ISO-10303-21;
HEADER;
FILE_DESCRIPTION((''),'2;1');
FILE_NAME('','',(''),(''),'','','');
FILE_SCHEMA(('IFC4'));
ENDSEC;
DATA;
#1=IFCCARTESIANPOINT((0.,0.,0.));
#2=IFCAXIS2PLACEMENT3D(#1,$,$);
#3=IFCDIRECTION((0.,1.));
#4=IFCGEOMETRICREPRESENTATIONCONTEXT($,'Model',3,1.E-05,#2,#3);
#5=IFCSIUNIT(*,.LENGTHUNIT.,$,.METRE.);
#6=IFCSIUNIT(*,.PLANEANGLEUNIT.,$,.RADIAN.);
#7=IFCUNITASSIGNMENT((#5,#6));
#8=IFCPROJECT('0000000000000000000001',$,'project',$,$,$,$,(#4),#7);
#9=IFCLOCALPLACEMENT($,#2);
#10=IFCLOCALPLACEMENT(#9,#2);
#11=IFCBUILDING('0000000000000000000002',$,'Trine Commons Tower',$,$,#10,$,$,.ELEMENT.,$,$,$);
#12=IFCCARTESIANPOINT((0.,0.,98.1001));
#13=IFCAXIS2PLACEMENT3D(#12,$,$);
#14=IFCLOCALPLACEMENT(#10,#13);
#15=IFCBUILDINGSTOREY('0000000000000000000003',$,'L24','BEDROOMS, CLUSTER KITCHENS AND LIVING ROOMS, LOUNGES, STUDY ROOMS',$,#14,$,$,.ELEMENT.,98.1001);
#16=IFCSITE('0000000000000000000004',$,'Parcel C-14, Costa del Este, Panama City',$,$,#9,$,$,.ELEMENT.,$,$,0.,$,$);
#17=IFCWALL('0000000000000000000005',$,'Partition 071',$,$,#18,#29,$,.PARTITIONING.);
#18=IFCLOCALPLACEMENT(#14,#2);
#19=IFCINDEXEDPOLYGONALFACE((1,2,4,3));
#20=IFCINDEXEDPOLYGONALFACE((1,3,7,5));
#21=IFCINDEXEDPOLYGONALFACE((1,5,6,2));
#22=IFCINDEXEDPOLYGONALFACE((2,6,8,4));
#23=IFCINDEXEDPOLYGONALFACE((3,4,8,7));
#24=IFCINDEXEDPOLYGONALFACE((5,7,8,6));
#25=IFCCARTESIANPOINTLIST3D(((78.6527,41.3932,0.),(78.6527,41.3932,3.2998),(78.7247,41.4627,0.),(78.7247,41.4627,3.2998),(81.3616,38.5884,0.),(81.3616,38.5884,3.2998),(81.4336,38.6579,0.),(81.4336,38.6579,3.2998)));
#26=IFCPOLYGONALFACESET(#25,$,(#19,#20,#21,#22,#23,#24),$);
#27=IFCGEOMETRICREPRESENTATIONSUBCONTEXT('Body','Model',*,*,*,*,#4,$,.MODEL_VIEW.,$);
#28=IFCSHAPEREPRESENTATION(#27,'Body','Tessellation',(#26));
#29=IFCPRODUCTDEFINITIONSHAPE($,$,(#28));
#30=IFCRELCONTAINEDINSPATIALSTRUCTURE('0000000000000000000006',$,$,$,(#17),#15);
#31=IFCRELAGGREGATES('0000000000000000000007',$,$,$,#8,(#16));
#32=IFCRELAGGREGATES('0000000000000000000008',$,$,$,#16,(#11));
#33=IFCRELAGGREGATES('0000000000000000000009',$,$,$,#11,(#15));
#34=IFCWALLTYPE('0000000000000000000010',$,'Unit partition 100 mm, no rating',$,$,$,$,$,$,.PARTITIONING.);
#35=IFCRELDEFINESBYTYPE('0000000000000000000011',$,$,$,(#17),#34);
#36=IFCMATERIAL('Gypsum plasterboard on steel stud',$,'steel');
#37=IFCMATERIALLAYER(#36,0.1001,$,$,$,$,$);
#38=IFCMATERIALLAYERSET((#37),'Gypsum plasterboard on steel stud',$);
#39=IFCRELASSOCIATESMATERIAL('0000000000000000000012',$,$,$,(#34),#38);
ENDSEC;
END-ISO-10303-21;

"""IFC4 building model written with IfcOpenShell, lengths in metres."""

from ifc_helpers import new_model, si_unit, direction, frame, frame_2d, origin, place, context, subcontext, project, spatial, rectangle, extrude, material, layer, layer_set, type_object, element, save


model = new_model("IFC4")

# Units and contexts
model_context = context("Model", 3, precision=1e-05, world=origin(), true_north=direction((0.0, 1.0)))
body_context = subcontext(model_context, "Body", "Model", "MODEL_VIEW")
ifc_project = project(units=[si_unit("LENGTHUNIT", "METRE"), si_unit("PLANEANGLEUNIT", "RADIAN")], contexts=[model_context])

# Site, building, storey
site_placement = place(None, origin())
site = spatial("IfcSite", under=ifc_project, at=site_placement, Name="Parcel C-14, Costa del Este, Panama City", CompositionType="ELEMENT", RefElevation=0.0)
building_placement = place(site_placement, origin())
building = spatial("IfcBuilding", under=site, at=building_placement, Name="Trine Commons Tower", CompositionType="ELEMENT")
storey_placement = place(building_placement, frame((0.0, 0.0, 98.1001)))
storey = spatial("IfcBuildingStorey", under=building, at=storey_placement, Name="L24", Description="BEDROOMS, CLUSTER KITCHENS AND LIVING ROOMS, LOUNGES, STUDY ROOMS", CompositionType="ELEMENT", Elevation=98.1001)

# Shared definitions
ifc_material_1 = material(Name="Gypsum plasterboard on steel stud", Category="steel")

# Shared definitions
ifc_layer_1 = layer(ifc_material_1, 0.1001)
ifc_layer_set_1 = layer_set([ifc_layer_1], Name="Gypsum plasterboard on steel stud")
wall_type_1 = type_object("IfcWallType", Name="Unit partition 100 mm, no rating", PredefinedType="PARTITIONING", material=ifc_layer_set_1)

# Wall
wall_1_placement = place(storey_placement, frame((78.6887, 41.428, 0.0), z_axis=(0.0, 0.0, 1.0), x_axis=(0.694697, -0.719302, 0.0)))
element("IfcWall", 1, at=wall_1_placement, inside=storey, type_object=wall_type_1, Name="Partition 071", PredefinedType="PARTITIONING", context=body_context, shape_type="SweptSolid", body=[
    extrude(rectangle(XDim=3.8994, YDim=0.1001, at=frame_2d((1.9497, 0.0))), origin(), (0.0, 0.0, 1.0), 3.2998),
])

save(model, "model.ifc")
